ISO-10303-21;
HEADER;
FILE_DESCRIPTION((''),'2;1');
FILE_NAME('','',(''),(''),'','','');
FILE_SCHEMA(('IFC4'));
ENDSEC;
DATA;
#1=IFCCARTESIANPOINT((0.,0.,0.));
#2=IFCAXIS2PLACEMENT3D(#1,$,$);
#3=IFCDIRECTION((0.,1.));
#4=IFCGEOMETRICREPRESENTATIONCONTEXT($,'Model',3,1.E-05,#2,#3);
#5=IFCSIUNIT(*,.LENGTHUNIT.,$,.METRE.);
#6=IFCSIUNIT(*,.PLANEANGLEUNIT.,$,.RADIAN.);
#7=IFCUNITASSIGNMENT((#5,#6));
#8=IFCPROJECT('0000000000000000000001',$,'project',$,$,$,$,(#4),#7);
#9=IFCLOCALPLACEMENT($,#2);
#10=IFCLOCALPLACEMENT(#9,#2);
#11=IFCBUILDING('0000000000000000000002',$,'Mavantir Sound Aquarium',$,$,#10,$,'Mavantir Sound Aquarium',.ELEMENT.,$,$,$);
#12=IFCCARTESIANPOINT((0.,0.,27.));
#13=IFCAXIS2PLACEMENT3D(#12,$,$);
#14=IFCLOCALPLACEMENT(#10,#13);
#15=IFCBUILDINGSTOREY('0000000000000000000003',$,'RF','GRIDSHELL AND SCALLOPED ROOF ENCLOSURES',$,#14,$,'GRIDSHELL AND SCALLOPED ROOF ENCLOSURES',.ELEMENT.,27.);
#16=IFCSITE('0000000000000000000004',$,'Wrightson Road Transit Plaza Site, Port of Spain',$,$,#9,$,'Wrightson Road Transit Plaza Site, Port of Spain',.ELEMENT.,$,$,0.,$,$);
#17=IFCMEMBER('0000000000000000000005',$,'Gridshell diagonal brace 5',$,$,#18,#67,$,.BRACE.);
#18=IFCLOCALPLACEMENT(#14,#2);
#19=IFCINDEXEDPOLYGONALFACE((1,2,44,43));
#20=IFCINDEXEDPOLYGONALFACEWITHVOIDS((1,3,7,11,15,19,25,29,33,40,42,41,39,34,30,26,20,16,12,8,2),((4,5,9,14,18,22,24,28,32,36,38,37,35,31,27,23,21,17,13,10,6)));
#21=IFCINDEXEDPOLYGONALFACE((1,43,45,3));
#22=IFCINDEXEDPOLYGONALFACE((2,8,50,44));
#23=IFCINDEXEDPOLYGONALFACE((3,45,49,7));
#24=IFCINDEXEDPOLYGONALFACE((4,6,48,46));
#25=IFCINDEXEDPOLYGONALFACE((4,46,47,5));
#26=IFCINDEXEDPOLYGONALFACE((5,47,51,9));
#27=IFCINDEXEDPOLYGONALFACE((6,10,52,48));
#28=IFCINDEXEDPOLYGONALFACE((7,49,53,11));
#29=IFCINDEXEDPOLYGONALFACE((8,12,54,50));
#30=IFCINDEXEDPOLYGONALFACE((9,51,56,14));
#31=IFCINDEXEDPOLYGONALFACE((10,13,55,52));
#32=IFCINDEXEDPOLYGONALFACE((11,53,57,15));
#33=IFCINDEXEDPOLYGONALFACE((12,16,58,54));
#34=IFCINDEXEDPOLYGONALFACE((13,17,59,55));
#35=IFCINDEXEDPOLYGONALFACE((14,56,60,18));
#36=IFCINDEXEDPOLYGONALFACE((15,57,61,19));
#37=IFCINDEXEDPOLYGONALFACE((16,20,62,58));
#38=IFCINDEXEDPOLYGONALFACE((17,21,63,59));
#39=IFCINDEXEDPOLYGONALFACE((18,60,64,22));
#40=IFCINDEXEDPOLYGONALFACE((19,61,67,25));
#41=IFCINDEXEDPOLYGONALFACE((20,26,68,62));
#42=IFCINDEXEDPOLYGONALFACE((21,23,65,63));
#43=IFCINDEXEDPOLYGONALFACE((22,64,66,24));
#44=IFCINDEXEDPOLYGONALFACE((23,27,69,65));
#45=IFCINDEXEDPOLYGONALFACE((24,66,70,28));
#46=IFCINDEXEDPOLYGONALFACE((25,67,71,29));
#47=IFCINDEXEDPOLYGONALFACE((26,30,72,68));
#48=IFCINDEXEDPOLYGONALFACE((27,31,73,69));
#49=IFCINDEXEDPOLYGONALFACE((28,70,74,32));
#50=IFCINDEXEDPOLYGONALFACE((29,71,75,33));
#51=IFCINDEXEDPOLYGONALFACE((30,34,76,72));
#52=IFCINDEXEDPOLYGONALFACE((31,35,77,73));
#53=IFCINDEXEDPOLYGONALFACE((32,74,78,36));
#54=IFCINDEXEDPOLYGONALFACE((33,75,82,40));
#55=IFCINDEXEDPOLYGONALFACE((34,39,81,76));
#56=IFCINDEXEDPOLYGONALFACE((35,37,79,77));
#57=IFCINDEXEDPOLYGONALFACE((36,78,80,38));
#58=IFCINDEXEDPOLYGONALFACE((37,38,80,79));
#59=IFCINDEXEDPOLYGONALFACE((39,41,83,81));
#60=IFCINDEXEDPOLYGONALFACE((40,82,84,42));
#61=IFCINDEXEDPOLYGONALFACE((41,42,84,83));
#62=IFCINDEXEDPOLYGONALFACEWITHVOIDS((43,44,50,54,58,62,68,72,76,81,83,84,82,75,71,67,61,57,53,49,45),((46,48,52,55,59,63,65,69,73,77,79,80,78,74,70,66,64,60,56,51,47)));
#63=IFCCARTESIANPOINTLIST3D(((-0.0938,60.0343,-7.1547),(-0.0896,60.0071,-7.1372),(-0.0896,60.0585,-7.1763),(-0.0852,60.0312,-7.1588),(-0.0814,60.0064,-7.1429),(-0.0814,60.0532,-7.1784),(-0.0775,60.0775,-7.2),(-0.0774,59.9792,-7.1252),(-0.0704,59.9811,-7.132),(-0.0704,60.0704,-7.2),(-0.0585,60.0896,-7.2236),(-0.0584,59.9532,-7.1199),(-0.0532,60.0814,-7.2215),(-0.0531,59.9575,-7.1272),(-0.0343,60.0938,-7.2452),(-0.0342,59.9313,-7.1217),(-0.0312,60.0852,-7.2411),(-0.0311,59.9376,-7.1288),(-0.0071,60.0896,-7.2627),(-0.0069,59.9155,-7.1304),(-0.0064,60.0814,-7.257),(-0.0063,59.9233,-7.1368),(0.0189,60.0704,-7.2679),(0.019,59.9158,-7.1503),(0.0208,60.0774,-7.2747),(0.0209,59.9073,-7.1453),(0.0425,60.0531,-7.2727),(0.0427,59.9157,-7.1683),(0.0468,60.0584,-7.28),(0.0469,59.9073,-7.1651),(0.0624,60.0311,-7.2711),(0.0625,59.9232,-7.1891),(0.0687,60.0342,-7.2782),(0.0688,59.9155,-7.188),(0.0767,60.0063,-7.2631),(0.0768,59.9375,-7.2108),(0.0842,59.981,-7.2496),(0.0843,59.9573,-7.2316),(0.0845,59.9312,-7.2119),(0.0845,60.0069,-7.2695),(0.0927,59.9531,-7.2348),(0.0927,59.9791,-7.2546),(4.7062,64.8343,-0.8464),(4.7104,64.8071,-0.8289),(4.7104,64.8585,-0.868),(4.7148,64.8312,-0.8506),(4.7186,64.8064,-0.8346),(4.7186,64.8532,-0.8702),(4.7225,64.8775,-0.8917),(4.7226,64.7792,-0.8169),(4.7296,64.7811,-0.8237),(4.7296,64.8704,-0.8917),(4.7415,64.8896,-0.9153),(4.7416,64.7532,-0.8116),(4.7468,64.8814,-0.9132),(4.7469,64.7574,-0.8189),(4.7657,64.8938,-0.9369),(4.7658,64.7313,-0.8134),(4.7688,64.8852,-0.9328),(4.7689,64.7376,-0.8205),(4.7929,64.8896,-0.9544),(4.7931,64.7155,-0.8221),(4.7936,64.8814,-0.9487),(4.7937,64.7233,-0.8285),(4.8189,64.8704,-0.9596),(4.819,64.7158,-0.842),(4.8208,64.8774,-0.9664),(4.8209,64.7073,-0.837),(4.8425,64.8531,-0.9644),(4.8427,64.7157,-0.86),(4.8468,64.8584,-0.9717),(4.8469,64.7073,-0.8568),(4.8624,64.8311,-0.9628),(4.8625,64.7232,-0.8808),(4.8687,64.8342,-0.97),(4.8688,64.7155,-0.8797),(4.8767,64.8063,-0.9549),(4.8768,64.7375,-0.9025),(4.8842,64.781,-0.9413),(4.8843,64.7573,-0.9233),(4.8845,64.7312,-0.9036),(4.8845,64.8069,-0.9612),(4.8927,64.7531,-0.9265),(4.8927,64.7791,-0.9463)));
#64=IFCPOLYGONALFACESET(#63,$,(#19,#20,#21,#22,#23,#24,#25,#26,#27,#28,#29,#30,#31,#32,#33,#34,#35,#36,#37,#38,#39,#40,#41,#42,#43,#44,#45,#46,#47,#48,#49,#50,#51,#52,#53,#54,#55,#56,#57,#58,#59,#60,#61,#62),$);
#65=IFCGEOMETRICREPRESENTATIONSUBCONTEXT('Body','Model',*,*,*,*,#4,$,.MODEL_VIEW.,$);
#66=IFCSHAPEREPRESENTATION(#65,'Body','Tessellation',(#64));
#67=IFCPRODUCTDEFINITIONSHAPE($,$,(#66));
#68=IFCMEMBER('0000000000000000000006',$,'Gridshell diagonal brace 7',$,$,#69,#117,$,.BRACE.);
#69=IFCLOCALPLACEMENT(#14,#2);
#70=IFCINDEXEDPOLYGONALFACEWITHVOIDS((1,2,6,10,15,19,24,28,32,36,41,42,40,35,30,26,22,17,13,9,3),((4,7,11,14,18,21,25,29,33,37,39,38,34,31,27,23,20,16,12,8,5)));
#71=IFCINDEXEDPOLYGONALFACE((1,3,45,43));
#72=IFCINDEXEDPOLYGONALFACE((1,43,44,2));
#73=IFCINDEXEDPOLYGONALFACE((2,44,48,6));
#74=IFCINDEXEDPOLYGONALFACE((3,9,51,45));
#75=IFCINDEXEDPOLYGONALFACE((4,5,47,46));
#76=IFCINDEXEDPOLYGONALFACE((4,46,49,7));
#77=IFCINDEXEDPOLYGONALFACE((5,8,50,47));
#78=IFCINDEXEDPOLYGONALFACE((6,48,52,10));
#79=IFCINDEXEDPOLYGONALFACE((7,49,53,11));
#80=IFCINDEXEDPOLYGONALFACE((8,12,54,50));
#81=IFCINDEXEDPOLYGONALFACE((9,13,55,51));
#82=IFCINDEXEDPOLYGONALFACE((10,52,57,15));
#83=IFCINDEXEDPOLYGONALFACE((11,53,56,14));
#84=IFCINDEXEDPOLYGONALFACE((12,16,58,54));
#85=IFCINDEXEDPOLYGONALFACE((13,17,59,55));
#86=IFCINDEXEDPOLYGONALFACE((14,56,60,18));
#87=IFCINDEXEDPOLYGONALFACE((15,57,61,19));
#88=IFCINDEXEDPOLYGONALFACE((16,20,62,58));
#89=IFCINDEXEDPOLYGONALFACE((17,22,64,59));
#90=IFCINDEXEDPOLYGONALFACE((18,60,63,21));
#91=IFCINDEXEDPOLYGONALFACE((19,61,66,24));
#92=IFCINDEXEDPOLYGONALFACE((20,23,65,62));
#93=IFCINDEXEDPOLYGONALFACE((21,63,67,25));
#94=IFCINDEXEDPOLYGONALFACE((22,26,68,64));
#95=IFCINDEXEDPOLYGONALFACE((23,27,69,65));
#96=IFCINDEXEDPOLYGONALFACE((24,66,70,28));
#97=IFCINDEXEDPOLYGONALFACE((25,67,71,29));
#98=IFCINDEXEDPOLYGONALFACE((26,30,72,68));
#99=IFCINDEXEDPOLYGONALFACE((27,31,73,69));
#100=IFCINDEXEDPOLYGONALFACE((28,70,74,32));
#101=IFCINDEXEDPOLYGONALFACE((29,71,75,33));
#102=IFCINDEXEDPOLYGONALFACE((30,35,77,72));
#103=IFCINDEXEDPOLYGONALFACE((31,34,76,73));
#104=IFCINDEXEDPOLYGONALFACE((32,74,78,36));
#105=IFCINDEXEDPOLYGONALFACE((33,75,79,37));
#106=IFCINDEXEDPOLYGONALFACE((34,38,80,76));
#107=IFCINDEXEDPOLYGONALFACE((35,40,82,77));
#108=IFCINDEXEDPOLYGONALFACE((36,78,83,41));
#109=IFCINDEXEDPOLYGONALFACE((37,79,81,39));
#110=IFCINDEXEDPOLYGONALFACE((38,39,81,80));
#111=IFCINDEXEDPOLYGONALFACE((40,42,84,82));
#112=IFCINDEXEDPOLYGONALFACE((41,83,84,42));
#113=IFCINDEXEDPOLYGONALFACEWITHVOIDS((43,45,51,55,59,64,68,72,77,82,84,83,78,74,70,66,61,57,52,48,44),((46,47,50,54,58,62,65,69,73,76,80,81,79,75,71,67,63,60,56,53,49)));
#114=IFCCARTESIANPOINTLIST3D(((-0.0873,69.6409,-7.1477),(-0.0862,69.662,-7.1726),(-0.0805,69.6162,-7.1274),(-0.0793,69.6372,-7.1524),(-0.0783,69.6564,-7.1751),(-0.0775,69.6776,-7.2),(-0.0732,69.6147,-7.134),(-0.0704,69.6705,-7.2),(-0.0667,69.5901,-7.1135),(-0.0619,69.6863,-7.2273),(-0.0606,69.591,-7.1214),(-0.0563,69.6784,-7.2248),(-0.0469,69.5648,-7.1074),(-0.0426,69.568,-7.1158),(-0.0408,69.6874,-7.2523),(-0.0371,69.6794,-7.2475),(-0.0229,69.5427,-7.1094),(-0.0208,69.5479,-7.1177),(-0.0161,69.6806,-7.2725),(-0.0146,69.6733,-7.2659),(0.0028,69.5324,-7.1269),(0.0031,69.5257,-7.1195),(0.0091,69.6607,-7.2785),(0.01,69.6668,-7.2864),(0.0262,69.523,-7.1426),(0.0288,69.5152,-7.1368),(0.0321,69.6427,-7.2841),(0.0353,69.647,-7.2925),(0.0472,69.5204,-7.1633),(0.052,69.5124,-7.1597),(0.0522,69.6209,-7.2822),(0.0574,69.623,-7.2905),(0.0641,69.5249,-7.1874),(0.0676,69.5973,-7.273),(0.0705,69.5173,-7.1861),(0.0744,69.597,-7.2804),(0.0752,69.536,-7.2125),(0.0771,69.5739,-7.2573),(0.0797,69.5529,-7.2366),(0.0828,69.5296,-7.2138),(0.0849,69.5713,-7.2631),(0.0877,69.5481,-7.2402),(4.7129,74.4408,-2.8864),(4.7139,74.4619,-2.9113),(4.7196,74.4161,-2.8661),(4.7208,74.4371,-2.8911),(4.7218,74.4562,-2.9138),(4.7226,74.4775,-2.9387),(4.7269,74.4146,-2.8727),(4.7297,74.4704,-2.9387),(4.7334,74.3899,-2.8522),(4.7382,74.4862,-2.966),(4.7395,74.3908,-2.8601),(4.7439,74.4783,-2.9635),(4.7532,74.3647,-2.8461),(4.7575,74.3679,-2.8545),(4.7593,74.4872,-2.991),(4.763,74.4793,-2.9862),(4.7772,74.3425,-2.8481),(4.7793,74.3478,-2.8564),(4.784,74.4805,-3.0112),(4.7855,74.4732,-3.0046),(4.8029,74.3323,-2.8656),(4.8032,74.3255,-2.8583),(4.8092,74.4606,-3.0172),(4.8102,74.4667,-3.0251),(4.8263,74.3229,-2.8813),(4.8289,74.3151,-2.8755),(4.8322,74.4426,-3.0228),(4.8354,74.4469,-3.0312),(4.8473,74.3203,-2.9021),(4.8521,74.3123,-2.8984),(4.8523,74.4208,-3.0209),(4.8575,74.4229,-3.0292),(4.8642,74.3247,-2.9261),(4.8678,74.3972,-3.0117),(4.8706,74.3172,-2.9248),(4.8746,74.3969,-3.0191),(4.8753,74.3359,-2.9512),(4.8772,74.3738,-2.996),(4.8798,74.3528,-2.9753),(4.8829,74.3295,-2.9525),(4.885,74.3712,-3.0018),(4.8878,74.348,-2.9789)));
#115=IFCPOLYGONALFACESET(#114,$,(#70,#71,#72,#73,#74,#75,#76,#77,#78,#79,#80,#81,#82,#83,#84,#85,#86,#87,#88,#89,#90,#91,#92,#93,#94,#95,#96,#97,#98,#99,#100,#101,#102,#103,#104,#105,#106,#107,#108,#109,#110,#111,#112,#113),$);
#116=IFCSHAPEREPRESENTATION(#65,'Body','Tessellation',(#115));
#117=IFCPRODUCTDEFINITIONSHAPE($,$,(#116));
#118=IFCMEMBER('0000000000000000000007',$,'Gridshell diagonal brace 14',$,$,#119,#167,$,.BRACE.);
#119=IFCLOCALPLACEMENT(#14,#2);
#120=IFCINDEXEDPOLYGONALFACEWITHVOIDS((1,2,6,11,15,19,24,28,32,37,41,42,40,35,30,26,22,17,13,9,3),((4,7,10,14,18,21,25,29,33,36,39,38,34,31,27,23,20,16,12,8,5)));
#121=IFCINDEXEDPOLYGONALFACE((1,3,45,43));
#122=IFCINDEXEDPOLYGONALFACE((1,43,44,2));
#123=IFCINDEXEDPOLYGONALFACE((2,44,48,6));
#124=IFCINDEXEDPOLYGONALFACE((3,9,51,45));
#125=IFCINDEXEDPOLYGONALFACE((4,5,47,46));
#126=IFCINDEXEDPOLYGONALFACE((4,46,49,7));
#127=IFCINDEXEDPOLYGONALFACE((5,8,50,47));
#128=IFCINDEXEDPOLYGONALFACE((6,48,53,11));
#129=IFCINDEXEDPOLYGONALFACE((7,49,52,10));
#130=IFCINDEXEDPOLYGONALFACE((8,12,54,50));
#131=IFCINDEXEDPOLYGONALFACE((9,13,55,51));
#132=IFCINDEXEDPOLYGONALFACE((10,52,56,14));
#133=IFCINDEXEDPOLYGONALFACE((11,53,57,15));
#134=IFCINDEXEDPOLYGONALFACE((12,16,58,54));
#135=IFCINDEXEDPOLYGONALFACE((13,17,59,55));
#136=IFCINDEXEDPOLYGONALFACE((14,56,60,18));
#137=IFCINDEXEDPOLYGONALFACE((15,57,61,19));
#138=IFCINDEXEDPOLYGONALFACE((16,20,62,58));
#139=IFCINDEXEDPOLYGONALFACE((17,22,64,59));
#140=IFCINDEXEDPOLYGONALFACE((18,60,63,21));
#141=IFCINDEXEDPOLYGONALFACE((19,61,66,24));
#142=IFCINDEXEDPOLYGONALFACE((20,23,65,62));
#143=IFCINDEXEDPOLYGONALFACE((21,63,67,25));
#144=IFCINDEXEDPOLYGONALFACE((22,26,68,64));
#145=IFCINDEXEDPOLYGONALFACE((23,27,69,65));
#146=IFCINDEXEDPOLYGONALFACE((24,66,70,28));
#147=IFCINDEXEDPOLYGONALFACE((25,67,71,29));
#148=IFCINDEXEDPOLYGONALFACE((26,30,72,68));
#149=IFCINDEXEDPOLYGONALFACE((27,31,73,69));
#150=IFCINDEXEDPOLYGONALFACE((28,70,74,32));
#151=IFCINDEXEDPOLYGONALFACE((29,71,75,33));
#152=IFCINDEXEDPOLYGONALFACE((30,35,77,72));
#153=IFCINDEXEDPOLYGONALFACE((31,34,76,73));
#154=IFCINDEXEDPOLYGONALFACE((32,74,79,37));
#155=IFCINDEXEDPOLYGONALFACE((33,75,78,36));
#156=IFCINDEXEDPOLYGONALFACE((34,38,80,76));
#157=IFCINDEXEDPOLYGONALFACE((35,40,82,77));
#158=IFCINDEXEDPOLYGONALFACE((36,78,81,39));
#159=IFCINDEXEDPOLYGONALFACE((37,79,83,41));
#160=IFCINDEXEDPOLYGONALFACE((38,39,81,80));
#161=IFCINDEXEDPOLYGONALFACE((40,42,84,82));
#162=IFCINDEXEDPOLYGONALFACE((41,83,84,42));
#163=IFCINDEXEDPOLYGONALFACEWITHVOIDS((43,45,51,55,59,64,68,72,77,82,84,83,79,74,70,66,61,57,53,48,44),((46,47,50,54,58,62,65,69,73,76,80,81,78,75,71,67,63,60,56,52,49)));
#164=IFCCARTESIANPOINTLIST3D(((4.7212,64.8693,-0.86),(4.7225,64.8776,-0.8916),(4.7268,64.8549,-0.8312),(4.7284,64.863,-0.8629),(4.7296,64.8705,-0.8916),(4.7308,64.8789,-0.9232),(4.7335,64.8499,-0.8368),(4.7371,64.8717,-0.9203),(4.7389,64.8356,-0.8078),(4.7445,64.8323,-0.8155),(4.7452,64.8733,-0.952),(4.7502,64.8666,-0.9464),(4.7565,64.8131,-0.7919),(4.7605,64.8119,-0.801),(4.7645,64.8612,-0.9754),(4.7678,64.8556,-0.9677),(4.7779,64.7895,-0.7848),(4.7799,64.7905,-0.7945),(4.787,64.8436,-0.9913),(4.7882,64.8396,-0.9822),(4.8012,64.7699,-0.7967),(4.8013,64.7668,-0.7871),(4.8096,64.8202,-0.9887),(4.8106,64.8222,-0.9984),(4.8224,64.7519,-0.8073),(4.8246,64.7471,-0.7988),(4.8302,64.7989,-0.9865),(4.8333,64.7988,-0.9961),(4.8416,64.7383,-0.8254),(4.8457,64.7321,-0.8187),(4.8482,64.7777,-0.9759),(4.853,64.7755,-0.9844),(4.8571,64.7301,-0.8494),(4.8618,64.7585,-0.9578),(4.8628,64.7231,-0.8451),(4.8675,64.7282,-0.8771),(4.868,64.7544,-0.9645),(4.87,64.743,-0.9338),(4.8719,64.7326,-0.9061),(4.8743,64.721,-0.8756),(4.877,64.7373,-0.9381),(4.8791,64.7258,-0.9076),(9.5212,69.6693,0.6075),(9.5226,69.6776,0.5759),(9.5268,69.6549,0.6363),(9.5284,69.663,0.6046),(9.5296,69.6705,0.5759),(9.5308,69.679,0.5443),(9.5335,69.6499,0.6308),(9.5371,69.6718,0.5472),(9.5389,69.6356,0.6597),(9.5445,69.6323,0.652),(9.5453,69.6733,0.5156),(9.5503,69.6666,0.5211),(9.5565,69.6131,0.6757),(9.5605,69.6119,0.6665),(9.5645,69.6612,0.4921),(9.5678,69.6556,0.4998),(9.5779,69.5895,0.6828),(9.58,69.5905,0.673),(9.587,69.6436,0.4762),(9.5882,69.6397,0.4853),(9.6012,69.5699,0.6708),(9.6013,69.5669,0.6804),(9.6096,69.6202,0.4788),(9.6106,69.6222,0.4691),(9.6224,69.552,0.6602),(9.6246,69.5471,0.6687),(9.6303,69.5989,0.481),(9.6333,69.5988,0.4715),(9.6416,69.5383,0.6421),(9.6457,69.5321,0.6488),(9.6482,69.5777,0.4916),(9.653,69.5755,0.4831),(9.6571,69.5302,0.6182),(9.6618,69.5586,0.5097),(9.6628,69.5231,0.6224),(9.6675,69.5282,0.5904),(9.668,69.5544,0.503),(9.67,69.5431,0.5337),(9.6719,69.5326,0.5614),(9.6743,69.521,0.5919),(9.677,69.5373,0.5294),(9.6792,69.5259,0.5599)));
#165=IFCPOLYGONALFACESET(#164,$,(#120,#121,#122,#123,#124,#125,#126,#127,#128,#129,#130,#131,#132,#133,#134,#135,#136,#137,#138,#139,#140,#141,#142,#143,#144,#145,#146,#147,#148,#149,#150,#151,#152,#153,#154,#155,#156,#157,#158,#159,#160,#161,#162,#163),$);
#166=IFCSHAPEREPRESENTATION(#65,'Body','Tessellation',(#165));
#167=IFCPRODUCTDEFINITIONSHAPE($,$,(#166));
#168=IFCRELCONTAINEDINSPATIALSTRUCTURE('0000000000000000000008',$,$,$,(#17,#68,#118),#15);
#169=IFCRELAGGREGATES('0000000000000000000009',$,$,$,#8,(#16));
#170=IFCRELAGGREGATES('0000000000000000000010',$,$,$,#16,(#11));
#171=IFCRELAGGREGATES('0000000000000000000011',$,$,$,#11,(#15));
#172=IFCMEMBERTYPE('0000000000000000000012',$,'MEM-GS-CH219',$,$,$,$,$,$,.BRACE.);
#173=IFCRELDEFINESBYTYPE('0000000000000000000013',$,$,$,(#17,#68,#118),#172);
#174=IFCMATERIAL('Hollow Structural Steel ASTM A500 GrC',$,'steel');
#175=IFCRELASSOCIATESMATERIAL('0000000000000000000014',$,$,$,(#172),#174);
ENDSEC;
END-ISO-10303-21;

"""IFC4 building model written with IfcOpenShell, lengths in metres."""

from ifc_helpers import new_model, si_unit, direction, frame, origin, origin_2d, place, context, subcontext, project, spatial, hollow_circle, extrude, material, material_profile, profile_set, type_object, element, save


model = new_model("IFC4")

# Units and contexts
model_context = context("Model", 3, precision=1e-05, world=origin(), true_north=direction((0.0, 1.0)))
body_context = subcontext(model_context, "Body", "Model", "MODEL_VIEW")
ifc_project = project(units=[si_unit("LENGTHUNIT", "METRE"), si_unit("PLANEANGLEUNIT", "RADIAN")], contexts=[model_context])

# Site, building, storey
site_placement = place(None, origin())
site = spatial("IfcSite", under=ifc_project, at=site_placement, Name="Wrightson Road Transit Plaza Site, Port of Spain", LongName="Wrightson Road Transit Plaza Site, Port of Spain", CompositionType="ELEMENT", RefElevation=0.0)
building_placement = place(site_placement, origin())
building = spatial("IfcBuilding", under=site, at=building_placement, Name="Mavantir Sound Aquarium", LongName="Mavantir Sound Aquarium", CompositionType="ELEMENT")
storey_placement = place(building_placement, frame((0.0, 0.0, 27.0)))
storey = spatial("IfcBuildingStorey", under=building, at=storey_placement, Name="RF", Description="GRIDSHELL AND SCALLOPED ROOF ENCLOSURES", LongName="GRIDSHELL AND SCALLOPED ROOF ENCLOSURES", CompositionType="ELEMENT", Elevation=27.0)

# Shared definitions
ifc_material_1 = material(Name="Hollow Structural Steel ASTM A500 GrC", Category="steel")

# Members
ifc_material_profile_1 = material_profile(ifc_material_1, hollow_circle(Radius=0.1096, WallThickness=0.01, at=origin_2d()), Name="CHS 219.1X10")
ifc_profile_set_1 = profile_set([ifc_material_profile_1], Name="Hollow Structural Steel ASTM A500 GrC")
member_type_1 = type_object("IfcMemberType", Name="MEM-GS-CH219", PredefinedType="BRACE", material=ifc_profile_set_1)
member_1_placement = place(storey_placement, frame((0.0, 60.0, -7.2), z_axis=(0.517975, 0.517975, 0.680737), x_axis=(-0.707107, 0.707107, 0.0)))
element("IfcMember", 1, at=member_1_placement, inside=storey, type_object=member_type_1, Name="Gridshell diagonal brace 5", PredefinedType="BRACE", context=body_context, shape_type="SweptSolid", body=[
    extrude(hollow_circle(Radius=0.1096, WallThickness=0.01, at=origin_2d()), origin(), (0.0, 0.0, 1.0), 9.2668),
])
member_2_placement = place(storey_placement, frame((0.0, 69.6001, -7.2), z_axis=(0.5989, 0.598869, 0.531672), x_axis=(-0.707089, 0.707125, 0.0)))
element("IfcMember", 2, at=member_2_placement, inside=storey, type_object=member_type_1, Name="Gridshell diagonal brace 7", PredefinedType="BRACE", context=body_context, shape_type="SweptSolid", body=[
    extrude(hollow_circle(Radius=0.1096, WallThickness=0.01, at=origin_2d()), origin(), (0.0, 0.0, 1.0), 8.0149),
])
member_3_placement = place(storey_placement, frame((4.8, 64.8, -0.8916), z_axis=(0.691141, 0.691141, 0.211304), x_axis=(-0.707107, 0.707107, 0.0)))
element("IfcMember", 3, at=member_3_placement, inside=storey, type_object=member_type_1, Name="Gridshell diagonal brace 14", PredefinedType="BRACE", context=body_context, shape_type="SweptSolid", body=[
    extrude(hollow_circle(Radius=0.1096, WallThickness=0.01, at=origin_2d()), origin(), (0.0, 0.0, 1.0), 6.9451),
])

save(model, "model.ifc")
